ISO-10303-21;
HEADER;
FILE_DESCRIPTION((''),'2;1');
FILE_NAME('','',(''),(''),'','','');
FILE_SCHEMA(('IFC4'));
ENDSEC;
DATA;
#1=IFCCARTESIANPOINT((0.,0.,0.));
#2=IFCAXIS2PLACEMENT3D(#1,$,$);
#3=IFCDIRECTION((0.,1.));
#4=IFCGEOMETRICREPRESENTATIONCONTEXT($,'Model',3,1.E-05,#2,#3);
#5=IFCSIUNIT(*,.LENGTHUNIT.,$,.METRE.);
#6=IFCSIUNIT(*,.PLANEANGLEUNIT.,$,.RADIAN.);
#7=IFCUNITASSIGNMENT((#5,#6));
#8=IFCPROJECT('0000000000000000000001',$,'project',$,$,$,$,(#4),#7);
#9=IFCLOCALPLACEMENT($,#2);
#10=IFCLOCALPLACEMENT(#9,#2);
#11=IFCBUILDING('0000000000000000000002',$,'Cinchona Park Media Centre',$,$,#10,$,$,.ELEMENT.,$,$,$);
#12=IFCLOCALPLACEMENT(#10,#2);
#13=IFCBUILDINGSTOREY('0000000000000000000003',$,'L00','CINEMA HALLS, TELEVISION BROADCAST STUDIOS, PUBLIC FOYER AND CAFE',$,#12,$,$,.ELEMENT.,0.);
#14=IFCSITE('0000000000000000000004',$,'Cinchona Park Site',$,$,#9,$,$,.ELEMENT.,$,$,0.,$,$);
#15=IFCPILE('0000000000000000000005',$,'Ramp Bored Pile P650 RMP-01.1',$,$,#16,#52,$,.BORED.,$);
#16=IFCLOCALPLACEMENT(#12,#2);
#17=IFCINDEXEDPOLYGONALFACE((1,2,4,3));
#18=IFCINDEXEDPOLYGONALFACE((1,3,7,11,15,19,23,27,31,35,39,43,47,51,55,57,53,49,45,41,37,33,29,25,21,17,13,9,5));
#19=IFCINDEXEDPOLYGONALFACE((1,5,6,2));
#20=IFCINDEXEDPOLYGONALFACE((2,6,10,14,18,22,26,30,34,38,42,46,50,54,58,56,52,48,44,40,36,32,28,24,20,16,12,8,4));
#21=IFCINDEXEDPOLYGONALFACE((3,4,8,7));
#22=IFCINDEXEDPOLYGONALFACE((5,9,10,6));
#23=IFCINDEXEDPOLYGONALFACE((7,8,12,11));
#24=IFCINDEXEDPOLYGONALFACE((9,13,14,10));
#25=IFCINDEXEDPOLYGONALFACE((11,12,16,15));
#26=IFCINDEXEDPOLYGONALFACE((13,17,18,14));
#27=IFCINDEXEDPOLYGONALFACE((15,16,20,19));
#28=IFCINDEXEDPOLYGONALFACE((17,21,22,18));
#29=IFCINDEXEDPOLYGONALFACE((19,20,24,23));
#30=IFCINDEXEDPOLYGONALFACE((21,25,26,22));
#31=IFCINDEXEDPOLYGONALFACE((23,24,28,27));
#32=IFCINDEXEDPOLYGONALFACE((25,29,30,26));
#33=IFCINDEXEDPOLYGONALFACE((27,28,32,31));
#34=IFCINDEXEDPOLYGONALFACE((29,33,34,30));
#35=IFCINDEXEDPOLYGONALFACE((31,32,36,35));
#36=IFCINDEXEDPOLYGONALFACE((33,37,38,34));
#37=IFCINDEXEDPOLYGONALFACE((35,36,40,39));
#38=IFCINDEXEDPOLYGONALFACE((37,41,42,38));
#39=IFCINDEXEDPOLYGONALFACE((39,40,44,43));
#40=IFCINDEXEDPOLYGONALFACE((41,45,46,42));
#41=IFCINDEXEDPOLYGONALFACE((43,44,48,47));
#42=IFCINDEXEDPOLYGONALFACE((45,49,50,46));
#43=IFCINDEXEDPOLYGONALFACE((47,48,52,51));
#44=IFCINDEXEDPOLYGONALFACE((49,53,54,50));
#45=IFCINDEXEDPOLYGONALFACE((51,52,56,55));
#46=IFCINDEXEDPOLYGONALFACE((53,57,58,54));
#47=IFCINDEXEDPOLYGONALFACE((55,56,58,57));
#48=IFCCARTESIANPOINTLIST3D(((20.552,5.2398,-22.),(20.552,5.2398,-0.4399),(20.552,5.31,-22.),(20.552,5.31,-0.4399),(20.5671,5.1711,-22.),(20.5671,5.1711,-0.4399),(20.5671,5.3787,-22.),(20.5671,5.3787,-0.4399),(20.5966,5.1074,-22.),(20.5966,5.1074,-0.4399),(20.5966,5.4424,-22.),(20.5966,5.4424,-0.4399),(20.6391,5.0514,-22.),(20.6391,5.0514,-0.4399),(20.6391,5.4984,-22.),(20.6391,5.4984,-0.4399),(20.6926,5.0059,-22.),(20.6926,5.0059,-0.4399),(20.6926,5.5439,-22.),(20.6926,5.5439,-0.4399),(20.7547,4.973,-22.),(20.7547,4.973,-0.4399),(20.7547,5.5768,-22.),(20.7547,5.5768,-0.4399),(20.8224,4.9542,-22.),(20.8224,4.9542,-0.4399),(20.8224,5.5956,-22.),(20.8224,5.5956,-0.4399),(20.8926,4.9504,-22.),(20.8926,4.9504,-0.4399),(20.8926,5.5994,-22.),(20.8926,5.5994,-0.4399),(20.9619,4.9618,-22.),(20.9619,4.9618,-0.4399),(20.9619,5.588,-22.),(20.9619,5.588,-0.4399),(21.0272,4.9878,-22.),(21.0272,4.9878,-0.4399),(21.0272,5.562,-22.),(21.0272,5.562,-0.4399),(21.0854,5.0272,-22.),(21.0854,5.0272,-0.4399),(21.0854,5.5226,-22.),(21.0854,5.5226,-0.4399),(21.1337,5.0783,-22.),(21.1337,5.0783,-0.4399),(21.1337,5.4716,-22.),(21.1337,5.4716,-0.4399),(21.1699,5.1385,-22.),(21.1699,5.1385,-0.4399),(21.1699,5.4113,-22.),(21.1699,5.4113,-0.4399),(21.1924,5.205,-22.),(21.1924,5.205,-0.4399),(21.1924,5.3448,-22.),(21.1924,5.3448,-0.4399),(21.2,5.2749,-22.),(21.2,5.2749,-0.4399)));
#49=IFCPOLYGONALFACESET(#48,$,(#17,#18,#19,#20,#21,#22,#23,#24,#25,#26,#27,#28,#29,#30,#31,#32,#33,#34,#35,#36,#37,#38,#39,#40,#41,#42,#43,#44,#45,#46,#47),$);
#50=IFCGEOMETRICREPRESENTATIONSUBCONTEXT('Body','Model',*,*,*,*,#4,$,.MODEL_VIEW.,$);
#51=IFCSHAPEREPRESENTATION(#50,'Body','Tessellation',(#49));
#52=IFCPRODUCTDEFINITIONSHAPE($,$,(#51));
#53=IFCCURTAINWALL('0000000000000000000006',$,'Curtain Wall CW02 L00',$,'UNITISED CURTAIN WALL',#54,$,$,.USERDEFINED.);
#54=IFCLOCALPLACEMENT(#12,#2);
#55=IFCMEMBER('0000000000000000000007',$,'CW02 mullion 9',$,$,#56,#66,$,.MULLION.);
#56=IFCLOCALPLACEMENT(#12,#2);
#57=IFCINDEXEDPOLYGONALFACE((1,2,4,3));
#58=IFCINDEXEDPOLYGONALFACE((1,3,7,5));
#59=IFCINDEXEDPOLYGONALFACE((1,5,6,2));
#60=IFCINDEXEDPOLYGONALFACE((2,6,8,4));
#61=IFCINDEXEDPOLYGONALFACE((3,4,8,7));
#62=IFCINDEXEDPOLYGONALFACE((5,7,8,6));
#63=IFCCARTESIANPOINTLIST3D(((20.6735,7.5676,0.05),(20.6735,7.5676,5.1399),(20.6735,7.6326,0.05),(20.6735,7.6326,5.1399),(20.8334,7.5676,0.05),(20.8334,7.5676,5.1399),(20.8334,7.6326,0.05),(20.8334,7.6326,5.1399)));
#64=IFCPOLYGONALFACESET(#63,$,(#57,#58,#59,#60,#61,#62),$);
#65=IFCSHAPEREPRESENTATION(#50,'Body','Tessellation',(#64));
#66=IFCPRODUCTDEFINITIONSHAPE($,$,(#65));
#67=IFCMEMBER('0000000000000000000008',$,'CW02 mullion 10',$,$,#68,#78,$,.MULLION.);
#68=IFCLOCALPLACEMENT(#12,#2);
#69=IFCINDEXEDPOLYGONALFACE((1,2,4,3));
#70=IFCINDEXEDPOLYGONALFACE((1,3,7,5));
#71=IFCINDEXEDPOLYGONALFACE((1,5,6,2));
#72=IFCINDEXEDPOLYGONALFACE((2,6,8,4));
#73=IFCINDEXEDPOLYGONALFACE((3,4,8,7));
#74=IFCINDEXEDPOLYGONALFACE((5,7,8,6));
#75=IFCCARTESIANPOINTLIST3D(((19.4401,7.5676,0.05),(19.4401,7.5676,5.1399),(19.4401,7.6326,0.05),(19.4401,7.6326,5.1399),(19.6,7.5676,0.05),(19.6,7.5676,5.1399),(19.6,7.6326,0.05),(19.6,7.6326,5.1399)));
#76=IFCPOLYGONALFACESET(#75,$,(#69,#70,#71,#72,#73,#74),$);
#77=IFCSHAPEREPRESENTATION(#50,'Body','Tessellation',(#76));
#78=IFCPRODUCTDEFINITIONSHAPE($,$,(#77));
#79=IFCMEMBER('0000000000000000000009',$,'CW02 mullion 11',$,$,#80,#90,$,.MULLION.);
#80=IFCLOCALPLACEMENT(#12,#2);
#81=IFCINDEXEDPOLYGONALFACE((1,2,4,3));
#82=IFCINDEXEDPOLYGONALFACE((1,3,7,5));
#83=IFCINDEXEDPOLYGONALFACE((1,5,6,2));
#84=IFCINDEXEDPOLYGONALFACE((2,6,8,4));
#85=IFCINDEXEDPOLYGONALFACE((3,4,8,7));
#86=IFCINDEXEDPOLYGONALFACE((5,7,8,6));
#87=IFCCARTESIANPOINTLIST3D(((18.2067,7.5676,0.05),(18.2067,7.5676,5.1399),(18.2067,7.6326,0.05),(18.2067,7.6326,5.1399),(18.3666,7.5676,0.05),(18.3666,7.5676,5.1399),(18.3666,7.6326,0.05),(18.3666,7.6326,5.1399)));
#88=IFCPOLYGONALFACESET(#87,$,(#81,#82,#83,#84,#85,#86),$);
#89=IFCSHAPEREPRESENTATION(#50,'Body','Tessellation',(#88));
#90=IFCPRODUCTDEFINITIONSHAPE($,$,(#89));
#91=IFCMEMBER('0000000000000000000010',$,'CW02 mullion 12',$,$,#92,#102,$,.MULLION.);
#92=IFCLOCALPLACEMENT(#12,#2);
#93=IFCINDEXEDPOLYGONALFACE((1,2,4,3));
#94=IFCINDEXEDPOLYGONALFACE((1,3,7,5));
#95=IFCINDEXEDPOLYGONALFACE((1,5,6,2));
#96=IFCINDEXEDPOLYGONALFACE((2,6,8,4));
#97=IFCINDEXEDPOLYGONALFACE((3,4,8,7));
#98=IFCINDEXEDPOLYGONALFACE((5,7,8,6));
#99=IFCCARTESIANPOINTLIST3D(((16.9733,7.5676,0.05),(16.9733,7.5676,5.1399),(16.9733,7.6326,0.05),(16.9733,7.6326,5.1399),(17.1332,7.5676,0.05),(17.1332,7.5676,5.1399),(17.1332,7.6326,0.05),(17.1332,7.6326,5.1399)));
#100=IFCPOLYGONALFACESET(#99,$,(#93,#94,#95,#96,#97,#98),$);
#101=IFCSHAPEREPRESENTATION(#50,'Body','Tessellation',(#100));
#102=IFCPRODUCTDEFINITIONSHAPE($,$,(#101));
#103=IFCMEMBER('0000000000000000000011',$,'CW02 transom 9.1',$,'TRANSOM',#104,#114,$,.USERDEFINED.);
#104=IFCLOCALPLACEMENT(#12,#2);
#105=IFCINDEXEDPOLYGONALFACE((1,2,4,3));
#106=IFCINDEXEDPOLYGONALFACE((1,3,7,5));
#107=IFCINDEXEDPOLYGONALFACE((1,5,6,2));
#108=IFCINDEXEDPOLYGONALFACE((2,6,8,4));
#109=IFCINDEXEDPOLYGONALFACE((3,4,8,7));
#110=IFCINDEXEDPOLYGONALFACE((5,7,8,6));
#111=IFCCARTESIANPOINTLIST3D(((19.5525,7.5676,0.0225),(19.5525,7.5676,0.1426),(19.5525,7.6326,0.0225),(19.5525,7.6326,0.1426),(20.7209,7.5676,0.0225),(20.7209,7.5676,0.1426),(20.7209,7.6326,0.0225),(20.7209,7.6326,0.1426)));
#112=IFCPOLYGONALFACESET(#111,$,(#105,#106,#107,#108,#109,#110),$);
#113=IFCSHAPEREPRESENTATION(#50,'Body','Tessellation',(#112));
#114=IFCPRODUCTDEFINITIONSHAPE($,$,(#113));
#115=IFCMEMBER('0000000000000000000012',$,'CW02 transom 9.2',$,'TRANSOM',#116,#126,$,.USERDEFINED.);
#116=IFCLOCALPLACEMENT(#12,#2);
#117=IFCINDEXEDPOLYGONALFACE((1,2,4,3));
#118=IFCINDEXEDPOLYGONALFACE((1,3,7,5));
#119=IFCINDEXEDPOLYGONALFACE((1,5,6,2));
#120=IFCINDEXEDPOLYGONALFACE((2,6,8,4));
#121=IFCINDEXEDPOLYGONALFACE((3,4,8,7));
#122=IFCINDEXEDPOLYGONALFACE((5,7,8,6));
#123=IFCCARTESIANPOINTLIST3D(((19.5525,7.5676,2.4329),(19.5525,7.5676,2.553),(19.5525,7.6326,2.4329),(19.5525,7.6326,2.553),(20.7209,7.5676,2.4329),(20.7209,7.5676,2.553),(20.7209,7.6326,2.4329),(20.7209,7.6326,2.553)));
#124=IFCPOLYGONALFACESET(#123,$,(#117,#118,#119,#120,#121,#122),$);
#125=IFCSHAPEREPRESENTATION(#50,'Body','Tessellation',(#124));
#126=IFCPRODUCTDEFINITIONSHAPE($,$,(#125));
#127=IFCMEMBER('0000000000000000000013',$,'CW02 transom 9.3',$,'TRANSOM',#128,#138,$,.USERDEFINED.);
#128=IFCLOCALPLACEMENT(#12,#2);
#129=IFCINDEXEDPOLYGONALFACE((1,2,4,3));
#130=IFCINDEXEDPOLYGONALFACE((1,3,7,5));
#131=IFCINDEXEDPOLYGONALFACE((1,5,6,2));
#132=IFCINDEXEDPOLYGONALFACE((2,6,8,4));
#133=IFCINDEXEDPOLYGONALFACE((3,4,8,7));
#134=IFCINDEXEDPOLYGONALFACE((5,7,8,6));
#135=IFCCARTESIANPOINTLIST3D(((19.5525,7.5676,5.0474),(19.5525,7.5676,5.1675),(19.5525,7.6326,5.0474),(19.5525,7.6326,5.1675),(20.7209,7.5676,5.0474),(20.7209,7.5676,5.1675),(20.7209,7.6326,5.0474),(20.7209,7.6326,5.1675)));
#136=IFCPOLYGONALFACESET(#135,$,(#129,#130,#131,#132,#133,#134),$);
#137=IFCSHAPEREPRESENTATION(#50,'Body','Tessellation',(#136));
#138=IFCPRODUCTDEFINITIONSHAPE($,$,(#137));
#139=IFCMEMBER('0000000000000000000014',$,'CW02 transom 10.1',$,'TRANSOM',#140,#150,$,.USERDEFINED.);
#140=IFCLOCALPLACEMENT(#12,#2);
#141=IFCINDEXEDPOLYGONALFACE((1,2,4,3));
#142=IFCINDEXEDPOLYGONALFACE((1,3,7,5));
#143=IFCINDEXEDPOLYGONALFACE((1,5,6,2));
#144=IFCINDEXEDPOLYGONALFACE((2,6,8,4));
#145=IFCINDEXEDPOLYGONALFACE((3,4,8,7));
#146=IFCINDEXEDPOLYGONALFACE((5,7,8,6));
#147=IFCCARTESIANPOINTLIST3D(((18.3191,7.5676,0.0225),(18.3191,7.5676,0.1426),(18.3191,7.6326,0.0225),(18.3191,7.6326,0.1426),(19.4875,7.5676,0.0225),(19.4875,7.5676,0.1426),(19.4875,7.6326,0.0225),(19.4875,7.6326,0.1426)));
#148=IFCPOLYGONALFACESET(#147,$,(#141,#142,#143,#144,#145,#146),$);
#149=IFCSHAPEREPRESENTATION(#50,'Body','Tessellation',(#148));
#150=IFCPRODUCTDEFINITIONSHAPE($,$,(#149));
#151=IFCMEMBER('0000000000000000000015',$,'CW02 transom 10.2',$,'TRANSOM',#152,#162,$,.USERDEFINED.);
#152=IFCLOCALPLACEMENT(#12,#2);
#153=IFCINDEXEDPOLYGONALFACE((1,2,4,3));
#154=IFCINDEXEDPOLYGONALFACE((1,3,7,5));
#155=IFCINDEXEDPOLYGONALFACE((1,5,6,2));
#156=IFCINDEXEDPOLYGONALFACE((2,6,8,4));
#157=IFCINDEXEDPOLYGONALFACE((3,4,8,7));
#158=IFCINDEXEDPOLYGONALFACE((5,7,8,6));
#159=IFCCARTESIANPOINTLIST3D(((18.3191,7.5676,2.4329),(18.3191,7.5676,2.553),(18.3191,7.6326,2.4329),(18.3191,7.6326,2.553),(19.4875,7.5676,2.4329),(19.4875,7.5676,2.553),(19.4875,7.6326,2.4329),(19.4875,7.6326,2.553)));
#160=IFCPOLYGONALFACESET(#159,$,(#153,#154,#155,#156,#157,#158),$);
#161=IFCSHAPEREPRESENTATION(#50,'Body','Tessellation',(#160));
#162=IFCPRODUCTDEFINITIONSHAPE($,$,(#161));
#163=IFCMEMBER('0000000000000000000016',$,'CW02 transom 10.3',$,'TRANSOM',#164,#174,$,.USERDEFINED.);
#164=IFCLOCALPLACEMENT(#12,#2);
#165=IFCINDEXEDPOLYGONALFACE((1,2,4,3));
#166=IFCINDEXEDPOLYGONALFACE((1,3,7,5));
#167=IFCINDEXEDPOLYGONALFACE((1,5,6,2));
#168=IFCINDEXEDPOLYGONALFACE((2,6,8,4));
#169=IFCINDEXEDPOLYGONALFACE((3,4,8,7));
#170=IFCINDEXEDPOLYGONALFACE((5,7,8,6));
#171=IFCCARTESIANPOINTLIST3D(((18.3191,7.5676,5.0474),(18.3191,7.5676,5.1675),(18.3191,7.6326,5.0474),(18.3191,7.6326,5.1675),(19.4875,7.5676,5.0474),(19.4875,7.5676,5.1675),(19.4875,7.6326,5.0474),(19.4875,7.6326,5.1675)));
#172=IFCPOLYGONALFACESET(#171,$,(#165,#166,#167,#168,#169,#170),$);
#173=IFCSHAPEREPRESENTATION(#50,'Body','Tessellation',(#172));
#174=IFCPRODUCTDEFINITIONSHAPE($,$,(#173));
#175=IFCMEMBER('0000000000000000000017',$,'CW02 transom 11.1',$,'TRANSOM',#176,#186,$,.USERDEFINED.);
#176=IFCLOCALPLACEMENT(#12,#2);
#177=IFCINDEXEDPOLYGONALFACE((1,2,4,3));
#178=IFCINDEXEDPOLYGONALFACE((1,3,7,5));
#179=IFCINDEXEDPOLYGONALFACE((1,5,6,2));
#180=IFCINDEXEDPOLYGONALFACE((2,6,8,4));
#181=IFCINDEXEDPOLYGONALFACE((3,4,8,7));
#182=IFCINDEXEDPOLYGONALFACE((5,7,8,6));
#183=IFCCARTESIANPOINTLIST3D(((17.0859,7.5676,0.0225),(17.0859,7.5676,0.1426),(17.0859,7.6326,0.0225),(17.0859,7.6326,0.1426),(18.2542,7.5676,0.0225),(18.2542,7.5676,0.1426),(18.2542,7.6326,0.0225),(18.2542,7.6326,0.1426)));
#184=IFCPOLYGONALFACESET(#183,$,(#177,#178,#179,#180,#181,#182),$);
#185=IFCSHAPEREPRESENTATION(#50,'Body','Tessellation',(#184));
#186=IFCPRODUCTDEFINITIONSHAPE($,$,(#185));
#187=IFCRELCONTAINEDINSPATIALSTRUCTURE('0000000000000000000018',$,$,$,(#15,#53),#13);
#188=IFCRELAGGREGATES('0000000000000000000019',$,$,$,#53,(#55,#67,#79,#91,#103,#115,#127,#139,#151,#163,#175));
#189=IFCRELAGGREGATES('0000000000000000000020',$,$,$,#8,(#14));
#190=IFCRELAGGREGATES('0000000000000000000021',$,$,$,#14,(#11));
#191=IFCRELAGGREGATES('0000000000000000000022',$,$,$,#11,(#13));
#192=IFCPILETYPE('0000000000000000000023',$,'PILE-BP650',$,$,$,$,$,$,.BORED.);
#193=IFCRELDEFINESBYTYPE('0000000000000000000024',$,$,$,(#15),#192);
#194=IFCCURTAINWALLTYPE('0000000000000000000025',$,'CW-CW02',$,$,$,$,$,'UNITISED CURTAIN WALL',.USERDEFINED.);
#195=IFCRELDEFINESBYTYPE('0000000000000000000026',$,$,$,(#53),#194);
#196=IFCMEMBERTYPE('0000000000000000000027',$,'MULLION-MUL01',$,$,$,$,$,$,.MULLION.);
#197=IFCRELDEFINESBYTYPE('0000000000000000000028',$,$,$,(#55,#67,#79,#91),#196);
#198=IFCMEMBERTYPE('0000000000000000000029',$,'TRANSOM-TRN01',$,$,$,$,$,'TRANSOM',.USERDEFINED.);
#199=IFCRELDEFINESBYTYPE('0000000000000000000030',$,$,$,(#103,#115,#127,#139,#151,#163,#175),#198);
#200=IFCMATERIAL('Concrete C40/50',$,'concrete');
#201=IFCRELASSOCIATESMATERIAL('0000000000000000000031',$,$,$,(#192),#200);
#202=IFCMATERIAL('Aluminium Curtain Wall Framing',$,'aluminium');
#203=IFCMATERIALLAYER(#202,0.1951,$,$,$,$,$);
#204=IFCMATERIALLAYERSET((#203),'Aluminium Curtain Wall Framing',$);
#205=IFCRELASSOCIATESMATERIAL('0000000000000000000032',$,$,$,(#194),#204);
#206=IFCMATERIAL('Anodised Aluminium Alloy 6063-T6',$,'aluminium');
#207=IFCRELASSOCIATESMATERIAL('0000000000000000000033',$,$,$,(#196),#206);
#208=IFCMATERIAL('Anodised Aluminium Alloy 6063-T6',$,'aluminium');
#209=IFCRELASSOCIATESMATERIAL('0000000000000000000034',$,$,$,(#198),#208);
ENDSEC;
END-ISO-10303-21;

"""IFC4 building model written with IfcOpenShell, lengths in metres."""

from ifc_helpers import new_model, si_unit, direction, frame, origin, origin_2d, place, context, subcontext, project, spatial, rectangle, circle, extrude, material, layer, layer_set, material_profile, profile_set, type_object, element, aggregate, save


model = new_model("IFC4")

# Units and contexts
model_context = context("Model", 3, precision=1e-05, world=origin(), true_north=direction((0.0, 1.0)))
body_context = subcontext(model_context, "Body", "Model", "MODEL_VIEW")
ifc_project = project(units=[si_unit("LENGTHUNIT", "METRE"), si_unit("PLANEANGLEUNIT", "RADIAN")], contexts=[model_context])

# Site, building, storey
site_placement = place(None, origin())
site = spatial("IfcSite", under=ifc_project, at=site_placement, Name="Cinchona Park Site", CompositionType="ELEMENT", RefElevation=0.0)
building_placement = place(site_placement, origin())
building = spatial("IfcBuilding", under=site, at=building_placement, Name="Cinchona Park Media Centre", CompositionType="ELEMENT")
storey_placement = place(building_placement, origin())
storey = spatial("IfcBuildingStorey", under=building, at=storey_placement, Name="L00", Description="CINEMA HALLS, TELEVISION BROADCAST STUDIOS, PUBLIC FOYER AND CAFE", CompositionType="ELEMENT", Elevation=0.0)

# Pile
ifc_material_1 = material(Name="Concrete C40/50", Category="concrete")
ifc_material_profile_1 = material_profile(ifc_material_1, circle(Radius=0.325, at=origin_2d()), Name="BORED PILE 650")
ifc_profile_set_1 = profile_set([ifc_material_profile_1], Name="Concrete C40/50")
pile_type = type_object("IfcPileType", Name="PILE-BP650", PredefinedType="BORED", material=ifc_profile_set_1)
pile_placement = place(storey_placement, frame((20.875, 5.2749, -0.4399), z_axis=(0.0, 0.0, -1.0), x_axis=(1.0, 0.0, 0.0)))
element("IfcPile", 1, at=pile_placement, inside=storey, type_object=pile_type, Name="Ramp Bored Pile P650 RMP-01.1", PredefinedType="BORED", context=body_context, shape_type="SweptSolid", body=[
    extrude(circle(Radius=0.325, at=origin_2d()), origin(), (0.0, 0.0, 1.0), 21.5601),
])

# Curtain wall, members
ifc_material_2 = material(Name="Aluminium Curtain Wall Framing", Category="aluminium")
ifc_layer_1 = layer(ifc_material_2, 0.1951)
ifc_layer_set_1 = layer_set([ifc_layer_1], Name="Aluminium Curtain Wall Framing")
curtain_wall_type = type_object("IfcCurtainWallType", Name="CW-CW02", ElementType="UNITISED CURTAIN WALL", PredefinedType="USERDEFINED", material=ifc_layer_set_1)
curtain_wall_placement = place(storey_placement, origin())
curtain_wall = element("IfcCurtainWall", 2, at=curtain_wall_placement, inside=storey, type_object=curtain_wall_type, Name="Curtain Wall CW02 L00", ObjectType="UNITISED CURTAIN WALL", PredefinedType="USERDEFINED")
ifc_material_3 = material(Name="Anodised Aluminium Alloy 6063-T6", Category="aluminium")
ifc_material_profile_2 = material_profile(ifc_material_3, rectangle(XDim=0.0649, YDim=0.1599, at=origin_2d()), Name="MUL-65X160")
ifc_profile_set_2 = profile_set([ifc_material_profile_2], Name="Anodised Aluminium Alloy 6063-T6")
member_type_1 = type_object("IfcMemberType", Name="MULLION-MUL01", PredefinedType="MULLION", material=ifc_profile_set_2)
member_1_placement = place(storey_placement, frame((20.7534, 7.6001, 0.05), z_axis=(0.0, 0.0, 1.0), x_axis=(0.0, -1.0, 0.0)))
member_1 = element("IfcMember", 3, at=member_1_placement, type_object=member_type_1, Name="CW02 mullion 9", PredefinedType="MULLION", context=body_context, shape_type="SweptSolid", body=[
    extrude(rectangle(XDim=0.0649, YDim=0.1599, at=origin_2d()), origin(), (0.0, 0.0, 1.0), 5.0898),
])
member_2_placement = place(storey_placement, frame((19.52, 7.6001, 0.05), z_axis=(0.0, 0.0, 1.0), x_axis=(0.0, -1.0, 0.0)))
member_2 = element("IfcMember", 4, at=member_2_placement, type_object=member_type_1, Name="CW02 mullion 10", PredefinedType="MULLION", context=body_context, shape_type="SweptSolid", body=[
    extrude(rectangle(XDim=0.0649, YDim=0.1599, at=origin_2d()), origin(), (0.0, 0.0, 1.0), 5.0898),
])
member_3_placement = place(storey_placement, frame((18.2866, 7.6001, 0.05), z_axis=(0.0, 0.0, 1.0), x_axis=(0.0, -1.0, 0.0)))
member_3 = element("IfcMember", 5, at=member_3_placement, type_object=member_type_1, Name="CW02 mullion 11", PredefinedType="MULLION", context=body_context, shape_type="SweptSolid", body=[
    extrude(rectangle(XDim=0.0649, YDim=0.1599, at=origin_2d()), origin(), (0.0, 0.0, 1.0), 5.0898),
])
member_4_placement = place(storey_placement, frame((17.0532, 7.6001, 0.05), z_axis=(0.0, 0.0, 1.0), x_axis=(0.0, -1.0, 0.0)))
member_4 = element("IfcMember", 6, at=member_4_placement, type_object=member_type_1, Name="CW02 mullion 12", PredefinedType="MULLION", context=body_context, shape_type="SweptSolid", body=[
    extrude(rectangle(XDim=0.0649, YDim=0.1599, at=origin_2d()), origin(), (0.0, 0.0, 1.0), 5.0898),
])
ifc_material_4 = material(Name="Anodised Aluminium Alloy 6063-T6", Category="aluminium")
ifc_material_profile_3 = material_profile(ifc_material_4, rectangle(XDim=0.0649, YDim=0.1201, at=origin_2d()), Name="TRN-65X120")
ifc_profile_set_3 = profile_set([ifc_material_profile_3], Name="Anodised Aluminium Alloy 6063-T6")
member_type_2 = type_object("IfcMemberType", Name="TRANSOM-TRN01", ElementType="TRANSOM", PredefinedType="USERDEFINED", material=ifc_profile_set_3)
member_5_placement = place(storey_placement, frame((20.7209, 7.6001, 0.0825), z_axis=(-1.0, 0.0, 0.0), x_axis=(0.0, -1.0, 0.0)))
member_5 = element("IfcMember", 7, at=member_5_placement, type_object=member_type_2, Name="CW02 transom 9.1", ObjectType="TRANSOM", PredefinedType="USERDEFINED", context=body_context, shape_type="SweptSolid", body=[
    extrude(rectangle(XDim=0.0649, YDim=0.1201, at=origin_2d()), origin(), (0.0, 0.0, 1.0), 1.1685),
])
member_6_placement = place(storey_placement, frame((20.7209, 7.6001, 2.4929), z_axis=(-1.0, 0.0, 0.0), x_axis=(0.0, -1.0, 0.0)))
member_6 = element("IfcMember", 8, at=member_6_placement, type_object=member_type_2, Name="CW02 transom 9.2", ObjectType="TRANSOM", PredefinedType="USERDEFINED", context=body_context, shape_type="SweptSolid", body=[
    extrude(rectangle(XDim=0.0649, YDim=0.1201, at=origin_2d()), origin(), (0.0, 0.0, 1.0), 1.1685),
])
member_7_placement = place(storey_placement, frame((20.7209, 7.6001, 5.1074), z_axis=(-1.0, 0.0, 0.0), x_axis=(0.0, -1.0, 0.0)))
member_7 = element("IfcMember", 9, at=member_7_placement, type_object=member_type_2, Name="CW02 transom 9.3", ObjectType="TRANSOM", PredefinedType="USERDEFINED", context=body_context, shape_type="SweptSolid", body=[
    extrude(rectangle(XDim=0.0649, YDim=0.1201, at=origin_2d()), origin(), (0.0, 0.0, 1.0), 1.1685),
])
member_8_placement = place(storey_placement, frame((19.4875, 7.6001, 0.0825), z_axis=(-1.0, 0.0, 0.0), x_axis=(0.0, -1.0, 0.0)))
member_8 = element("IfcMember", 10, at=member_8_placement, type_object=member_type_2, Name="CW02 transom 10.1", ObjectType="TRANSOM", PredefinedType="USERDEFINED", context=body_context, shape_type="SweptSolid", body=[
    extrude(rectangle(XDim=0.0649, YDim=0.1201, at=origin_2d()), origin(), (0.0, 0.0, 1.0), 1.1685),
])
member_9_placement = place(storey_placement, frame((19.4875, 7.6001, 2.4929), z_axis=(-1.0, 0.0, 0.0), x_axis=(0.0, -1.0, 0.0)))
member_9 = element("IfcMember", 11, at=member_9_placement, type_object=member_type_2, Name="CW02 transom 10.2", ObjectType="TRANSOM", PredefinedType="USERDEFINED", context=body_context, shape_type="SweptSolid", body=[
    extrude(rectangle(XDim=0.0649, YDim=0.1201, at=origin_2d()), origin(), (0.0, 0.0, 1.0), 1.1685),
])
member_10_placement = place(storey_placement, frame((19.4875, 7.6001, 5.1074), z_axis=(-1.0, 0.0, 0.0), x_axis=(0.0, -1.0, 0.0)))
member_10 = element("IfcMember", 12, at=member_10_placement, type_object=member_type_2, Name="CW02 transom 10.3", ObjectType="TRANSOM", PredefinedType="USERDEFINED", context=body_context, shape_type="SweptSolid", body=[
    extrude(rectangle(XDim=0.0649, YDim=0.1201, at=origin_2d()), origin(), (0.0, 0.0, 1.0), 1.1685),
])
member_11_placement = place(storey_placement, frame((18.2542, 7.6001, 0.0825), z_axis=(-1.0, 0.0, 0.0), x_axis=(0.0, -1.0, 0.0)))
member_11 = element("IfcMember", 13, at=member_11_placement, type_object=member_type_2, Name="CW02 transom 11.1", ObjectType="TRANSOM", PredefinedType="USERDEFINED", context=body_context, shape_type="SweptSolid", body=[
    extrude(rectangle(XDim=0.0649, YDim=0.1201, at=origin_2d()), origin(), (0.0, 0.0, 1.0), 1.1682),
])
aggregate(curtain_wall, [member_1, member_2, member_3, member_4, member_5, member_6, member_7, member_8, member_9, member_10, member_11])

save(model, "model.ifc")
